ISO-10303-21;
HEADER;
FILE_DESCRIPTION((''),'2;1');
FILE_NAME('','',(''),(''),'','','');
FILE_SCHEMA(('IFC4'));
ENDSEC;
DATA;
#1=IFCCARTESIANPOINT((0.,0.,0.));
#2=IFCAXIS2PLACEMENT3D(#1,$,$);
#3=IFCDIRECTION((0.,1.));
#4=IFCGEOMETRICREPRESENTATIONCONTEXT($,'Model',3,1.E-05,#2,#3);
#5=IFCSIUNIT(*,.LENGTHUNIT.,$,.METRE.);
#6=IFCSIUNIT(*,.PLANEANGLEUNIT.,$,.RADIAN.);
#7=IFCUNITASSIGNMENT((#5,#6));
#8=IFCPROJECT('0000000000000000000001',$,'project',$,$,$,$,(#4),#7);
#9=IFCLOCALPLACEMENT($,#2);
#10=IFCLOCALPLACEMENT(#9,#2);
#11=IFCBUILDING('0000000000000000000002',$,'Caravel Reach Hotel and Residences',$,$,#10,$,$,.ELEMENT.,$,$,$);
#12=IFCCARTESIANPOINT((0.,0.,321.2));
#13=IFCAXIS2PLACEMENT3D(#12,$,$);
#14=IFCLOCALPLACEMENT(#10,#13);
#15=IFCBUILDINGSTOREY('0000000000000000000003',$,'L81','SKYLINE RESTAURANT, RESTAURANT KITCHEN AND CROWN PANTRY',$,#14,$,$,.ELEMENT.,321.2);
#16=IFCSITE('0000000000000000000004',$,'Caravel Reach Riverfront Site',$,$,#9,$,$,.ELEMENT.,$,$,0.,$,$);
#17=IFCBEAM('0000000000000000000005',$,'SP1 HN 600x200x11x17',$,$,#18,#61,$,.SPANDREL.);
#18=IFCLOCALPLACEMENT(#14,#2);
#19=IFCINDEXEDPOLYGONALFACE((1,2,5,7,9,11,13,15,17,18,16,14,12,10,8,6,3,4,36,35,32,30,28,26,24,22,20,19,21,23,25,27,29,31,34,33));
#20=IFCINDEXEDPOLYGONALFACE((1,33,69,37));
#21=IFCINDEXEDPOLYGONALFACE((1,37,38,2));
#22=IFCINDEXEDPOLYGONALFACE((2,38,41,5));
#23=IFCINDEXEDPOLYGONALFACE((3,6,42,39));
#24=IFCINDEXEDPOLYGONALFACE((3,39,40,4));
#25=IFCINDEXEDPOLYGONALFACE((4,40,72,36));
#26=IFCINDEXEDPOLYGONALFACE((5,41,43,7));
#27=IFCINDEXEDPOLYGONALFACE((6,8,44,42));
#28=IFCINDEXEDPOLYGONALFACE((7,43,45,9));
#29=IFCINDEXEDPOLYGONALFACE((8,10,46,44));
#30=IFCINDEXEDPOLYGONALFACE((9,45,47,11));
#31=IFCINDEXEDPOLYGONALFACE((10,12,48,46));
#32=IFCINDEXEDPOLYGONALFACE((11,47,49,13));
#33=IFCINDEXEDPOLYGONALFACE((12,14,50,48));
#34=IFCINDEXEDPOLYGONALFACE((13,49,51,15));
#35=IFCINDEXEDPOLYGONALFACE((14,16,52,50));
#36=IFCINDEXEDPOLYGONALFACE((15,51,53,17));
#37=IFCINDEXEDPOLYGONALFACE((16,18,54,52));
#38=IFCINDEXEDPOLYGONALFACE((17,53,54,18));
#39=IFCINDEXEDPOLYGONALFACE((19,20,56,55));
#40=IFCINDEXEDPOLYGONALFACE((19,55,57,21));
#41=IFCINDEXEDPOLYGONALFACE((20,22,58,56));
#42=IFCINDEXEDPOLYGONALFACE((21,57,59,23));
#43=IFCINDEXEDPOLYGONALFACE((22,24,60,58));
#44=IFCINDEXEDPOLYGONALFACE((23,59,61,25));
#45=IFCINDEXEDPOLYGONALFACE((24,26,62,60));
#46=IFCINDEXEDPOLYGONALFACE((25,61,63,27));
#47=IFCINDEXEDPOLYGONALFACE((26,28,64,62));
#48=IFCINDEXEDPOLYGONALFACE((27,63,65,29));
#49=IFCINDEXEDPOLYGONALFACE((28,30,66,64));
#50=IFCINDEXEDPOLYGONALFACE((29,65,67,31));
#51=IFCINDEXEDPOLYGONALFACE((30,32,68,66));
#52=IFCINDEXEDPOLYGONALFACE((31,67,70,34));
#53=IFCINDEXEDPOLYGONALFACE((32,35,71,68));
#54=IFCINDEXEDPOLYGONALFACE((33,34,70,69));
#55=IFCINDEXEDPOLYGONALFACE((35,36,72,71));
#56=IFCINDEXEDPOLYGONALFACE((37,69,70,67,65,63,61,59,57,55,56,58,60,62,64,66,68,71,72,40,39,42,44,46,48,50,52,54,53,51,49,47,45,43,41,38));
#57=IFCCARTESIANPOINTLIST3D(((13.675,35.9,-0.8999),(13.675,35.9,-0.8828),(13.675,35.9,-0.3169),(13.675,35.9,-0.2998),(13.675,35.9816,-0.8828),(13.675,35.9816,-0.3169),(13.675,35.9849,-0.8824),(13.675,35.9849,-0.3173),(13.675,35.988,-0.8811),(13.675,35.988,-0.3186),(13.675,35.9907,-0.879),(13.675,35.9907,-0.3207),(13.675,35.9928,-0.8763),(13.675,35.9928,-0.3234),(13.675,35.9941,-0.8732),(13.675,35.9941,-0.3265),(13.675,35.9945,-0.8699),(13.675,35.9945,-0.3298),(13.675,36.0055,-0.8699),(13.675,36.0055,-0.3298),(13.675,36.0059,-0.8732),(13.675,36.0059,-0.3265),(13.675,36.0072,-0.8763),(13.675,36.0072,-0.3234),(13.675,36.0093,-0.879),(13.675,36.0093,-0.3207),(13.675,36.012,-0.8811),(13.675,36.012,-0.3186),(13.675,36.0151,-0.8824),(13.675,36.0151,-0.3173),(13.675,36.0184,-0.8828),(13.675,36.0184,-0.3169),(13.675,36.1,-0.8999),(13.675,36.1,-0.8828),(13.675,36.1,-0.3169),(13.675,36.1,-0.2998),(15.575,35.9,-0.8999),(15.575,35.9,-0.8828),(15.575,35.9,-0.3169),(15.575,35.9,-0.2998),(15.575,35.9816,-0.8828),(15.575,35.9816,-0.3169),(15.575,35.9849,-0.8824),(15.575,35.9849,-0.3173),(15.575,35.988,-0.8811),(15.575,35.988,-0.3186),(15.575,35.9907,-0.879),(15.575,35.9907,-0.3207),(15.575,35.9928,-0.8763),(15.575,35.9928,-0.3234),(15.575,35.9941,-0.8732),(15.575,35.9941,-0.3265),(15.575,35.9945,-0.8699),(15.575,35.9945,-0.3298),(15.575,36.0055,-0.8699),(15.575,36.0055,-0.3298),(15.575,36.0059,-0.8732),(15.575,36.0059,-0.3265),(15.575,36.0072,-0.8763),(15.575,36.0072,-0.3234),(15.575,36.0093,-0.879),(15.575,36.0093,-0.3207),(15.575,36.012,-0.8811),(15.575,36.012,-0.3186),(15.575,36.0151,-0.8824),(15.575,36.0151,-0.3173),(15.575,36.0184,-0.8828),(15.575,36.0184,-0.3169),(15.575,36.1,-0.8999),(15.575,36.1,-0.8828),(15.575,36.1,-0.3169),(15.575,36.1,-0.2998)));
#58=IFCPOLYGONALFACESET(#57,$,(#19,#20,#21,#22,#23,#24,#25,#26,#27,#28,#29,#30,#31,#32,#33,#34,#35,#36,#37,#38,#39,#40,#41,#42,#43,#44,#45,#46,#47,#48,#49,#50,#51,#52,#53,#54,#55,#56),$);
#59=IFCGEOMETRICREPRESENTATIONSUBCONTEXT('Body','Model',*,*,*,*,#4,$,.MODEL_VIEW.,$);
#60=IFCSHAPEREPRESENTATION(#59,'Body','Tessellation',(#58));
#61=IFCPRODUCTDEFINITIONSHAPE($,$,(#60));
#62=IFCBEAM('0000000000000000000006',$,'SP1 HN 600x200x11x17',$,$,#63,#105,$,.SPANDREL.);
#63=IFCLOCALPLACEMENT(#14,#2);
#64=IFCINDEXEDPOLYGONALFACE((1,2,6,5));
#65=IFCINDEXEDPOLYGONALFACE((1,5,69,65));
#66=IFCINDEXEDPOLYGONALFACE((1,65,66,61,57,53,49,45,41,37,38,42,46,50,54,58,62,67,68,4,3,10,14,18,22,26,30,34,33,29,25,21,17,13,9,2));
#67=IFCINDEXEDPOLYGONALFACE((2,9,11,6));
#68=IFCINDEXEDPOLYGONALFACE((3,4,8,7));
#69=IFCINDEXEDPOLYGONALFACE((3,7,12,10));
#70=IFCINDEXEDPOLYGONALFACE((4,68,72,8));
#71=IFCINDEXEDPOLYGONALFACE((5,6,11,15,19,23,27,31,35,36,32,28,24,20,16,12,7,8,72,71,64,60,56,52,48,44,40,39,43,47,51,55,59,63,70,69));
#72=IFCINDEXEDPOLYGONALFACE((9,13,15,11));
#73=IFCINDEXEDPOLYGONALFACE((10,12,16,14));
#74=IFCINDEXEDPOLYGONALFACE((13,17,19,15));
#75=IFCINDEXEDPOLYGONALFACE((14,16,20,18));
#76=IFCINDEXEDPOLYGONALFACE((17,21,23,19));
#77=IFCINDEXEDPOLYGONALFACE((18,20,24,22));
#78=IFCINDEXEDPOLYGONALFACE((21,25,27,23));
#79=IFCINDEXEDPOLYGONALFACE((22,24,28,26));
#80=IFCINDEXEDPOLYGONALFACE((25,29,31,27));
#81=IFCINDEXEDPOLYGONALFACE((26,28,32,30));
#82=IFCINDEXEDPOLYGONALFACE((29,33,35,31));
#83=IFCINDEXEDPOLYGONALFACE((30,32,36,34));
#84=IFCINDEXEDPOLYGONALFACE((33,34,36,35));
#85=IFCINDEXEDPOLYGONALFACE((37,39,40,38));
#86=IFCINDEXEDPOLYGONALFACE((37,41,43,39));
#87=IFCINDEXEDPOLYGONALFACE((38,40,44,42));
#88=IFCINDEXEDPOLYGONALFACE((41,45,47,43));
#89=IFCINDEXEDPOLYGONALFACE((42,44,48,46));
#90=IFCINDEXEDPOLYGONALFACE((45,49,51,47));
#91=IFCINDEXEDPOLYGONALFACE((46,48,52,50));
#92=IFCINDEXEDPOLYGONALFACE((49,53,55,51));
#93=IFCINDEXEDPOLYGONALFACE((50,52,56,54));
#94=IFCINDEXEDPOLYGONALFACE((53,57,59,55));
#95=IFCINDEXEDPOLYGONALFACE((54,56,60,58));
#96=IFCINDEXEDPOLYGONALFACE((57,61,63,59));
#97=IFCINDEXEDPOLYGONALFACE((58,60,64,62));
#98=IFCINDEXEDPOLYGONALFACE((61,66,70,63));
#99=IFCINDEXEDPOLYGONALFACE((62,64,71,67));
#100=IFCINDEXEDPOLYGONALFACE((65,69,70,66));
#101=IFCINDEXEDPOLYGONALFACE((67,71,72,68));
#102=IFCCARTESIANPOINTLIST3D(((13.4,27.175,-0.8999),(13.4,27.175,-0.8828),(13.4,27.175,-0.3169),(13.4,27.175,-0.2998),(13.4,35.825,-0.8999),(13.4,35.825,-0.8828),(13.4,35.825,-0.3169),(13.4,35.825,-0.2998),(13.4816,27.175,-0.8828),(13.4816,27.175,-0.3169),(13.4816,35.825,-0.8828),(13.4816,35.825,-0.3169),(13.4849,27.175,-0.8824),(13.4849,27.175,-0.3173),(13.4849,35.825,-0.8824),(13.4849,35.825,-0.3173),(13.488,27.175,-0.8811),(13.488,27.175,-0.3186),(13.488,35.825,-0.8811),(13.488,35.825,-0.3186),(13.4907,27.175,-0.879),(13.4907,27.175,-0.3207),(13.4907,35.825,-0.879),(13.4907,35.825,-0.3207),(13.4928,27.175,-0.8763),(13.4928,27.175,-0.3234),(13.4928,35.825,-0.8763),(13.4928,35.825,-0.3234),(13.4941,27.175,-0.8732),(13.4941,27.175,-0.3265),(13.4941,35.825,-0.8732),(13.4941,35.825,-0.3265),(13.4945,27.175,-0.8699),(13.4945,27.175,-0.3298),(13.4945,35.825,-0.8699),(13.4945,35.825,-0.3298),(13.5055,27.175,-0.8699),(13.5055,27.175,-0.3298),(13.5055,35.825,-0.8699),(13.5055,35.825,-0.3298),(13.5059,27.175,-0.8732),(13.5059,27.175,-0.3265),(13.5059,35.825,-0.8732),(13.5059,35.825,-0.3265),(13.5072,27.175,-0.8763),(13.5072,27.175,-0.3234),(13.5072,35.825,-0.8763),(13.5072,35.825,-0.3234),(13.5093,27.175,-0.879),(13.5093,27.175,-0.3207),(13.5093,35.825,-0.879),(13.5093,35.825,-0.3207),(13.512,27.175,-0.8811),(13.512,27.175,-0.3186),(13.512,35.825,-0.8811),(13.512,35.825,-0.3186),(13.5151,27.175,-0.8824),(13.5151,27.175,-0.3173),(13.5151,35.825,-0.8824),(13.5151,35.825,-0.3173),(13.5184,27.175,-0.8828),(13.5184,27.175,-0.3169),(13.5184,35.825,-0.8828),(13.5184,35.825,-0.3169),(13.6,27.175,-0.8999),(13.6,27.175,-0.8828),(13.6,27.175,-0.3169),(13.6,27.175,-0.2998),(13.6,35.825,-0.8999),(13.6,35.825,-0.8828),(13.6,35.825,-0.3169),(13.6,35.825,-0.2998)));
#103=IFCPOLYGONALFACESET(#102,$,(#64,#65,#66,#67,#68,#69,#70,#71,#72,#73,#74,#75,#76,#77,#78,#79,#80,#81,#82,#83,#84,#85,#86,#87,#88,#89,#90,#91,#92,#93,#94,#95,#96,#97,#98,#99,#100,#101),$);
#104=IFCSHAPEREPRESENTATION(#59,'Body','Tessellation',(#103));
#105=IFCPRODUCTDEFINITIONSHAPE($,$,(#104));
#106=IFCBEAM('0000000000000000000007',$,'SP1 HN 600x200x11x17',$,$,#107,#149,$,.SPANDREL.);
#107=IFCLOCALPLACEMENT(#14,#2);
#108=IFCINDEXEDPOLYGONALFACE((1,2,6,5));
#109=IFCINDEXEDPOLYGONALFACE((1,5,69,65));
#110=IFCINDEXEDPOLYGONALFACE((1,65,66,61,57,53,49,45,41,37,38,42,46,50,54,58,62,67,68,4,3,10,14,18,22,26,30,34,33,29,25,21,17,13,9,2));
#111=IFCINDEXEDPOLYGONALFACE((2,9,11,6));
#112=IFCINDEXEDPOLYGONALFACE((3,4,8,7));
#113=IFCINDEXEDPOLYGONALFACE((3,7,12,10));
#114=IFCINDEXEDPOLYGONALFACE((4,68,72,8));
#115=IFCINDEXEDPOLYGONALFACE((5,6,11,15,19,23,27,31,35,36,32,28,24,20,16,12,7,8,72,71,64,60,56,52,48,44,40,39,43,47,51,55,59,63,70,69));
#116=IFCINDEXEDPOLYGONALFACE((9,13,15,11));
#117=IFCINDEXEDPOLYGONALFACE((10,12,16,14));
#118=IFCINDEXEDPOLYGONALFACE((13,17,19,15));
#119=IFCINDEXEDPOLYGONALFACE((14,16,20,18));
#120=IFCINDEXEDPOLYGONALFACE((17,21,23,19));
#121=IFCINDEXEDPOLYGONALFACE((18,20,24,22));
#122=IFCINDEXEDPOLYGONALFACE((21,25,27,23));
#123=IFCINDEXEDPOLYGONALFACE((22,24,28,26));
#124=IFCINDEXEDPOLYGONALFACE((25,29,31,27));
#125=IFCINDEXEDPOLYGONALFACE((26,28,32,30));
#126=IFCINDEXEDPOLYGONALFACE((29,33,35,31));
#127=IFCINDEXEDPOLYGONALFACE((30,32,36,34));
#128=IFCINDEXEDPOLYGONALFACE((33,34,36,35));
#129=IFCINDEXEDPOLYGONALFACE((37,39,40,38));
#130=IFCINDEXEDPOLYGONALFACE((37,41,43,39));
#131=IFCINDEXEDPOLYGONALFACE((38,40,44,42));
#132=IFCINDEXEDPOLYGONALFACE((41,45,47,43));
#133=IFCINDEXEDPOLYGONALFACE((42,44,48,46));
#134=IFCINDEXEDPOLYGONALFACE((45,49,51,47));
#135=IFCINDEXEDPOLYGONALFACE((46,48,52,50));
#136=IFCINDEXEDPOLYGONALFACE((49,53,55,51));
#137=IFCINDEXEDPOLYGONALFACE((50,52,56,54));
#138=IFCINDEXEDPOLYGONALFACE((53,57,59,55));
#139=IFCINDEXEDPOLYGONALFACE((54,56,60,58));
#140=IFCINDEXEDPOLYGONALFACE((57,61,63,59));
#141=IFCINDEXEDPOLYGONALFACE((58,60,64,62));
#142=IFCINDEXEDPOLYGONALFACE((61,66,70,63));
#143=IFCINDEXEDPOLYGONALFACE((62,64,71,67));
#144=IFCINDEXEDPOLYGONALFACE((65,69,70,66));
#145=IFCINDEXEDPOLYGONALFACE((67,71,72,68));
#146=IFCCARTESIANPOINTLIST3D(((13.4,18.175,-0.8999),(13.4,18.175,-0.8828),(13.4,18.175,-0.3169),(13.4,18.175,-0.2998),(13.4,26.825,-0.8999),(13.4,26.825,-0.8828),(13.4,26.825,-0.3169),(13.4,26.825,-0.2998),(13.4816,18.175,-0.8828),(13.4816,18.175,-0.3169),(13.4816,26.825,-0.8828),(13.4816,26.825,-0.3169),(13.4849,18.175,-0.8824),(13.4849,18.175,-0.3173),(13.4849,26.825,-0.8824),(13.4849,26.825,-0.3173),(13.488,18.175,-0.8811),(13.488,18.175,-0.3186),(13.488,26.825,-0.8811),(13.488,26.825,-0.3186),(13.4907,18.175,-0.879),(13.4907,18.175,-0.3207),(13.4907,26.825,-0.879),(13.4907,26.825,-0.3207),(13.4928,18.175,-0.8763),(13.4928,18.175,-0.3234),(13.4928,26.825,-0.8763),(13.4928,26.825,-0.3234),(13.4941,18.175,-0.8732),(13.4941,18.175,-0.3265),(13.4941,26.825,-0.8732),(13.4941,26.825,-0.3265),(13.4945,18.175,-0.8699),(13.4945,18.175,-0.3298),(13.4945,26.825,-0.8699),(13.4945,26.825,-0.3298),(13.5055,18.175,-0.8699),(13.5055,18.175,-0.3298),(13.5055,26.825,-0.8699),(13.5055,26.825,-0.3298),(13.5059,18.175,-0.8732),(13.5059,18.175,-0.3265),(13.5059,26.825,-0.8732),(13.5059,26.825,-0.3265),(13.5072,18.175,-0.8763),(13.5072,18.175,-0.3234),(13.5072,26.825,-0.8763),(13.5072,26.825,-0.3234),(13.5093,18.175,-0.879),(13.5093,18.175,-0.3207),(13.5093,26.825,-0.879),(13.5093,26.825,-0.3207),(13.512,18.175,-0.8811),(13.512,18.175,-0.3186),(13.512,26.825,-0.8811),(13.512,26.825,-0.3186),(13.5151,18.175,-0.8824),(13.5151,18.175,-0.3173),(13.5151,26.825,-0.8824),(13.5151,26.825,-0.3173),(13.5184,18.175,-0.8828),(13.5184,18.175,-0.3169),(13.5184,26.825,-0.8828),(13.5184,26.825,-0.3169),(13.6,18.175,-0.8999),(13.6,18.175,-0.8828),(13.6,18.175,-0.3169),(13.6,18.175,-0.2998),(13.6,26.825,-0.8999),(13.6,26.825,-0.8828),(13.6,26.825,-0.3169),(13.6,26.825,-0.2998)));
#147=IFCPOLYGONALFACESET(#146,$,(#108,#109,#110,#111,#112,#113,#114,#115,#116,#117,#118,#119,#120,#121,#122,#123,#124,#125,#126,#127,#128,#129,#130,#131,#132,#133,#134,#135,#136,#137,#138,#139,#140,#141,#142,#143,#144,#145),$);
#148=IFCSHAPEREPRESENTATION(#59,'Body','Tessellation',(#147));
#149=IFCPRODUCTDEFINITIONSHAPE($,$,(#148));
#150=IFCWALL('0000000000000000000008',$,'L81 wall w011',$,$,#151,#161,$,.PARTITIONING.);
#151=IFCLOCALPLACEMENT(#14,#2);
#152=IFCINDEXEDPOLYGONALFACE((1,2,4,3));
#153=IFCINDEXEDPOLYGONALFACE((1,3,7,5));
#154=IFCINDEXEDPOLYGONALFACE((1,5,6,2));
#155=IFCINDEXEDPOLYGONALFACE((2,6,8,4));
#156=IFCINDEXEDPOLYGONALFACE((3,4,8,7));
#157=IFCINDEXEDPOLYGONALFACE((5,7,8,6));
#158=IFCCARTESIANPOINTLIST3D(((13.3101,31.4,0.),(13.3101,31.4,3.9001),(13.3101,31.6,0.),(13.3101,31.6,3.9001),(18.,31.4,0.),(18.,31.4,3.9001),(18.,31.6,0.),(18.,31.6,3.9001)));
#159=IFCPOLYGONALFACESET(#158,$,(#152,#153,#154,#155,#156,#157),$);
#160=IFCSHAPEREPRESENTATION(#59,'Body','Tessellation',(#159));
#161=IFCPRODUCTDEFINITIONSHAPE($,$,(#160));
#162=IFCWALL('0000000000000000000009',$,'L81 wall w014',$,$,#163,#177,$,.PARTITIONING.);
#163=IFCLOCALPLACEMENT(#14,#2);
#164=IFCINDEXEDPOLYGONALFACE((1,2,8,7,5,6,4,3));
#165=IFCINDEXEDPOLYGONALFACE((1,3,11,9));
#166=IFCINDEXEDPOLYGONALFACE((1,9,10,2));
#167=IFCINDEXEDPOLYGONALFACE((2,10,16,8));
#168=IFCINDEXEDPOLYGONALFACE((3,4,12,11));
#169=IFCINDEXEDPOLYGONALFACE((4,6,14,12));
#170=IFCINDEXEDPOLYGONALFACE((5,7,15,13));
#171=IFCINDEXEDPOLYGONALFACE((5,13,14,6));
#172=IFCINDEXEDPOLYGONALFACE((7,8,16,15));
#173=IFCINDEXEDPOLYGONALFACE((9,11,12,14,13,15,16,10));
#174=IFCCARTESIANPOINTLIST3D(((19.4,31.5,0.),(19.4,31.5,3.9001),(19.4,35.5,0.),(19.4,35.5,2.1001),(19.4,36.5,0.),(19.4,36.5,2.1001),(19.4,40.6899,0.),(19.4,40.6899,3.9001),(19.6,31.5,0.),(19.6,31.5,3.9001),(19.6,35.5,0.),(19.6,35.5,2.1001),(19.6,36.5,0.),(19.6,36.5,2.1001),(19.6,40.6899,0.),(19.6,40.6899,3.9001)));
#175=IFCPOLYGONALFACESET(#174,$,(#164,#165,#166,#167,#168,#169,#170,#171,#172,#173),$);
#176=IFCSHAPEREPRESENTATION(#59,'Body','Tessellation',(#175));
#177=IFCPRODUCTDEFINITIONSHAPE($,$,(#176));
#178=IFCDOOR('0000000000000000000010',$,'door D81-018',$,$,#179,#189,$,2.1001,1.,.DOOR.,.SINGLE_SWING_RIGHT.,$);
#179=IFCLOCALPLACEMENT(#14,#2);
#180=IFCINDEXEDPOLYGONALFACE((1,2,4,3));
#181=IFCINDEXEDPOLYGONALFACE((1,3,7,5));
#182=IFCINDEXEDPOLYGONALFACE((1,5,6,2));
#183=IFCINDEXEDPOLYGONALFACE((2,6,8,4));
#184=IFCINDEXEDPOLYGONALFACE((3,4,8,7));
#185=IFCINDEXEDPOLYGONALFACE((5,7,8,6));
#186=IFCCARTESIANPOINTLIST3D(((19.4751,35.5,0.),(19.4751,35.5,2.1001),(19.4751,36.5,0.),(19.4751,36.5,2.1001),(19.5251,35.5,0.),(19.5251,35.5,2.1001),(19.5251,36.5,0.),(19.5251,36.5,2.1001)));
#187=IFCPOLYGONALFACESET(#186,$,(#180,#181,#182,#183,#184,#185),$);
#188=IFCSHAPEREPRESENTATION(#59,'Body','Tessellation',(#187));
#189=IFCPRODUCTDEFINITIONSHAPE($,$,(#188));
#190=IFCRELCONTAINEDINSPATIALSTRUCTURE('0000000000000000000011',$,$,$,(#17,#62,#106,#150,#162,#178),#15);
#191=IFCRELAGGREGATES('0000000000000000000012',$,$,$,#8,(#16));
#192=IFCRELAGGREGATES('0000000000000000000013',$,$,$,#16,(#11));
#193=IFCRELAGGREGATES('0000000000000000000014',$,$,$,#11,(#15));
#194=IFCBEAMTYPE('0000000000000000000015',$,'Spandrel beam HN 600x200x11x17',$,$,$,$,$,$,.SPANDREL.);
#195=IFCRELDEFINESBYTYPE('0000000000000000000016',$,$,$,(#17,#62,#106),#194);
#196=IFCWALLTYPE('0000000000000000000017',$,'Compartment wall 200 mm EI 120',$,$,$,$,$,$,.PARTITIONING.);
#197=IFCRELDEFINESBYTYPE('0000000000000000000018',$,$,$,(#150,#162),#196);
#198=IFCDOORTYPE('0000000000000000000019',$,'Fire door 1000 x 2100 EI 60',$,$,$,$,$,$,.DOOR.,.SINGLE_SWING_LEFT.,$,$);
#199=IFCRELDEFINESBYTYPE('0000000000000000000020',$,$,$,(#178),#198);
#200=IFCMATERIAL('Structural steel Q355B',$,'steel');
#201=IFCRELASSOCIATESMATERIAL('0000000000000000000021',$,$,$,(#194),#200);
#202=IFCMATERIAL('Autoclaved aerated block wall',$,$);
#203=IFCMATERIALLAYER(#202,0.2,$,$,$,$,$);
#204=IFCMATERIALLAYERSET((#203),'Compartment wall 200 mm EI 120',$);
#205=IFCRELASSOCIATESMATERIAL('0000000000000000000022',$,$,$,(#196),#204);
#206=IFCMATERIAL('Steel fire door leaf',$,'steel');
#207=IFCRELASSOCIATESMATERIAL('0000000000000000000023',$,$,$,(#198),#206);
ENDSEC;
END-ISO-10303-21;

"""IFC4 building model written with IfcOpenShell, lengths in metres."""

from ifc_helpers import new_model, si_unit, direction, frame, frame_2d, origin, origin_2d, place, context, subcontext, project, spatial, rectangle, i_section, extrude, material, layer, layer_set, material_profile, profile_set, type_object, element, fill, save


model = new_model("IFC4")

# Units and contexts
model_context = context("Model", 3, precision=1e-05, world=origin(), true_north=direction((0.0, 1.0)))
body_context = subcontext(model_context, "Body", "Model", "MODEL_VIEW")
ifc_project = project(units=[si_unit("LENGTHUNIT", "METRE"), si_unit("PLANEANGLEUNIT", "RADIAN")], contexts=[model_context])

# Site, building, storey
site_placement = place(None, origin())
site = spatial("IfcSite", under=ifc_project, at=site_placement, Name="Caravel Reach Riverfront Site", CompositionType="ELEMENT", RefElevation=0.0)
building_placement = place(site_placement, origin())
building = spatial("IfcBuilding", under=site, at=building_placement, Name="Caravel Reach Hotel and Residences", CompositionType="ELEMENT")
storey_placement = place(building_placement, frame((0.0, 0.0, 321.2)))
storey = spatial("IfcBuildingStorey", under=building, at=storey_placement, Name="L81", Description="SKYLINE RESTAURANT, RESTAURANT KITCHEN AND CROWN PANTRY", CompositionType="ELEMENT", Elevation=321.2)

# Beams
ifc_material_1 = material(Name="Structural steel Q355B", Category="steel")
ifc_material_profile_1 = material_profile(ifc_material_1, i_section(OverallWidth=0.2, OverallDepth=0.6001, WebThickness=0.011, FlangeThickness=0.0171, FilletRadius=0.0129, at=origin_2d()), Name="HN 600x200x11x17")
ifc_profile_set_1 = profile_set([ifc_material_profile_1], Name="Structural steel Q355B")
beam_type_1 = type_object("IfcBeamType", Name="Spandrel beam HN 600x200x11x17", PredefinedType="SPANDREL", material=ifc_profile_set_1)
beam_1_placement = place(storey_placement, frame((15.575, 36.0, -0.5999), z_axis=(-1.0, 0.0, 0.0), x_axis=(0.0, -1.0, 0.0)))
element("IfcBeam", 1, at=beam_1_placement, inside=storey, type_object=beam_type_1, Name="SP1 HN 600x200x11x17", PredefinedType="SPANDREL", context=body_context, shape_type="SweptSolid", body=[
    extrude(i_section(OverallWidth=0.2, OverallDepth=0.6001, WebThickness=0.011, FlangeThickness=0.0171, FilletRadius=0.0129, at=origin_2d()), origin(), (0.0, 0.0, 1.0), 1.8999),
])
for number, where, z_axis, x_axis, name in (
    (2, (13.5, 35.825, -0.5999), (0.0, -1.0, 0.0), (1.0, 0.0, 0.0), "SP1 HN 600x200x11x17"),
    (3, (13.5, 26.825, -0.5999), (0.0, -1.0, 0.0), (1.0, 0.0, 0.0), "SP1 HN 600x200x11x17"),
):
    element("IfcBeam", number, at=place(storey_placement, frame(where, z_axis=z_axis, x_axis=x_axis)), inside=storey, type_object=beam_type_1, Name=name, PredefinedType="SPANDREL", context=body_context, shape_type="SweptSolid", body=[
        extrude(i_section(OverallWidth=0.2, OverallDepth=0.6001, WebThickness=0.011, FlangeThickness=0.0171, FilletRadius=0.0129, at=origin_2d()), origin(), (0.0, 0.0, 1.0), 8.6499),
    ])

# Wall
ifc_material_2 = material(Name="Autoclaved aerated block wall")
ifc_layer_1 = layer(ifc_material_2, 0.2)
ifc_layer_set_1 = layer_set([ifc_layer_1], Name="Compartment wall 200 mm EI 120")
wall_type_1 = type_object("IfcWallType", Name="Compartment wall 200 mm EI 120", PredefinedType="PARTITIONING", material=ifc_layer_set_1)
wall_1_placement = place(storey_placement, frame((13.3101, 31.5, 0.0), z_axis=(0.0, 0.0, 1.0), x_axis=(1.0, 0.0, 0.0)))
element("IfcWall", 4, at=wall_1_placement, inside=storey, type_object=wall_type_1, Name="L81 wall w011", PredefinedType="PARTITIONING", context=body_context, shape_type="SweptSolid", body=[
    extrude(rectangle(XDim=4.6899, YDim=0.2, at=frame_2d((2.345, 0.0))), origin(), (0.0, 0.0, 1.0), 3.9001),
])

# Wall, opening, door
wall_2_placement = place(storey_placement, frame((19.5, 31.5, 0.0), z_axis=(0.0, 0.0, 1.0), x_axis=(0.0, 1.0, 0.0)))
wall_2 = element("IfcWall", 5, at=wall_2_placement, inside=storey, type_object=wall_type_1, Name="L81 wall w014", PredefinedType="PARTITIONING", context=body_context, shape_type="SweptSolid", body=[
    extrude(rectangle(XDim=9.1899, YDim=0.2, at=frame_2d((4.595, 0.0))), origin(), (0.0, 0.0, 1.0), 3.9001),
])
opening_1_placement = place(wall_2_placement, frame((4.0, 0.0, 0.0)))
opening_1 = element("IfcOpeningElement", 6, at=opening_1_placement, cuts=wall_2, PredefinedType="OPENING", context=body_context, shape_type="SweptSolid", body=[
    extrude(rectangle(XDim=1.0, YDim=2.1001, at=frame_2d((0.5, 1.05))), frame((0.0, 0.1099, 0.0), z_axis=(0.0, -1.0, 0.0), x_axis=(1.0, 0.0, 0.0)), (0.0, 0.0, 1.0), 0.22),
])
ifc_material_3 = material(Name="Steel fire door leaf", Category="steel")
door_type_1 = type_object("IfcDoorType", Name="Fire door 1000 x 2100 EI 60", OperationType="SINGLE_SWING_LEFT", PredefinedType="DOOR", material=ifc_material_3)
door_1_placement = place(opening_1_placement, origin())
door_1 = element("IfcDoor", 7, at=door_1_placement, inside=storey, type_object=door_type_1, Name="door D81-018", OperationType="SINGLE_SWING_RIGHT", OverallHeight=2.1001, OverallWidth=1.0, PredefinedType="DOOR", context=body_context, shape_type="SweptSolid", body=[
    extrude(rectangle(XDim=1.0, YDim=2.1001, at=frame_2d((0.5, 1.05))), frame((0.0, 0.0249, 0.0), z_axis=(0.0, -1.0, 0.0), x_axis=(1.0, 0.0, 0.0)), (0.0, 0.0, 1.0), 0.05),
])
fill(opening_1, door_1)

save(model, "model.ifc")
